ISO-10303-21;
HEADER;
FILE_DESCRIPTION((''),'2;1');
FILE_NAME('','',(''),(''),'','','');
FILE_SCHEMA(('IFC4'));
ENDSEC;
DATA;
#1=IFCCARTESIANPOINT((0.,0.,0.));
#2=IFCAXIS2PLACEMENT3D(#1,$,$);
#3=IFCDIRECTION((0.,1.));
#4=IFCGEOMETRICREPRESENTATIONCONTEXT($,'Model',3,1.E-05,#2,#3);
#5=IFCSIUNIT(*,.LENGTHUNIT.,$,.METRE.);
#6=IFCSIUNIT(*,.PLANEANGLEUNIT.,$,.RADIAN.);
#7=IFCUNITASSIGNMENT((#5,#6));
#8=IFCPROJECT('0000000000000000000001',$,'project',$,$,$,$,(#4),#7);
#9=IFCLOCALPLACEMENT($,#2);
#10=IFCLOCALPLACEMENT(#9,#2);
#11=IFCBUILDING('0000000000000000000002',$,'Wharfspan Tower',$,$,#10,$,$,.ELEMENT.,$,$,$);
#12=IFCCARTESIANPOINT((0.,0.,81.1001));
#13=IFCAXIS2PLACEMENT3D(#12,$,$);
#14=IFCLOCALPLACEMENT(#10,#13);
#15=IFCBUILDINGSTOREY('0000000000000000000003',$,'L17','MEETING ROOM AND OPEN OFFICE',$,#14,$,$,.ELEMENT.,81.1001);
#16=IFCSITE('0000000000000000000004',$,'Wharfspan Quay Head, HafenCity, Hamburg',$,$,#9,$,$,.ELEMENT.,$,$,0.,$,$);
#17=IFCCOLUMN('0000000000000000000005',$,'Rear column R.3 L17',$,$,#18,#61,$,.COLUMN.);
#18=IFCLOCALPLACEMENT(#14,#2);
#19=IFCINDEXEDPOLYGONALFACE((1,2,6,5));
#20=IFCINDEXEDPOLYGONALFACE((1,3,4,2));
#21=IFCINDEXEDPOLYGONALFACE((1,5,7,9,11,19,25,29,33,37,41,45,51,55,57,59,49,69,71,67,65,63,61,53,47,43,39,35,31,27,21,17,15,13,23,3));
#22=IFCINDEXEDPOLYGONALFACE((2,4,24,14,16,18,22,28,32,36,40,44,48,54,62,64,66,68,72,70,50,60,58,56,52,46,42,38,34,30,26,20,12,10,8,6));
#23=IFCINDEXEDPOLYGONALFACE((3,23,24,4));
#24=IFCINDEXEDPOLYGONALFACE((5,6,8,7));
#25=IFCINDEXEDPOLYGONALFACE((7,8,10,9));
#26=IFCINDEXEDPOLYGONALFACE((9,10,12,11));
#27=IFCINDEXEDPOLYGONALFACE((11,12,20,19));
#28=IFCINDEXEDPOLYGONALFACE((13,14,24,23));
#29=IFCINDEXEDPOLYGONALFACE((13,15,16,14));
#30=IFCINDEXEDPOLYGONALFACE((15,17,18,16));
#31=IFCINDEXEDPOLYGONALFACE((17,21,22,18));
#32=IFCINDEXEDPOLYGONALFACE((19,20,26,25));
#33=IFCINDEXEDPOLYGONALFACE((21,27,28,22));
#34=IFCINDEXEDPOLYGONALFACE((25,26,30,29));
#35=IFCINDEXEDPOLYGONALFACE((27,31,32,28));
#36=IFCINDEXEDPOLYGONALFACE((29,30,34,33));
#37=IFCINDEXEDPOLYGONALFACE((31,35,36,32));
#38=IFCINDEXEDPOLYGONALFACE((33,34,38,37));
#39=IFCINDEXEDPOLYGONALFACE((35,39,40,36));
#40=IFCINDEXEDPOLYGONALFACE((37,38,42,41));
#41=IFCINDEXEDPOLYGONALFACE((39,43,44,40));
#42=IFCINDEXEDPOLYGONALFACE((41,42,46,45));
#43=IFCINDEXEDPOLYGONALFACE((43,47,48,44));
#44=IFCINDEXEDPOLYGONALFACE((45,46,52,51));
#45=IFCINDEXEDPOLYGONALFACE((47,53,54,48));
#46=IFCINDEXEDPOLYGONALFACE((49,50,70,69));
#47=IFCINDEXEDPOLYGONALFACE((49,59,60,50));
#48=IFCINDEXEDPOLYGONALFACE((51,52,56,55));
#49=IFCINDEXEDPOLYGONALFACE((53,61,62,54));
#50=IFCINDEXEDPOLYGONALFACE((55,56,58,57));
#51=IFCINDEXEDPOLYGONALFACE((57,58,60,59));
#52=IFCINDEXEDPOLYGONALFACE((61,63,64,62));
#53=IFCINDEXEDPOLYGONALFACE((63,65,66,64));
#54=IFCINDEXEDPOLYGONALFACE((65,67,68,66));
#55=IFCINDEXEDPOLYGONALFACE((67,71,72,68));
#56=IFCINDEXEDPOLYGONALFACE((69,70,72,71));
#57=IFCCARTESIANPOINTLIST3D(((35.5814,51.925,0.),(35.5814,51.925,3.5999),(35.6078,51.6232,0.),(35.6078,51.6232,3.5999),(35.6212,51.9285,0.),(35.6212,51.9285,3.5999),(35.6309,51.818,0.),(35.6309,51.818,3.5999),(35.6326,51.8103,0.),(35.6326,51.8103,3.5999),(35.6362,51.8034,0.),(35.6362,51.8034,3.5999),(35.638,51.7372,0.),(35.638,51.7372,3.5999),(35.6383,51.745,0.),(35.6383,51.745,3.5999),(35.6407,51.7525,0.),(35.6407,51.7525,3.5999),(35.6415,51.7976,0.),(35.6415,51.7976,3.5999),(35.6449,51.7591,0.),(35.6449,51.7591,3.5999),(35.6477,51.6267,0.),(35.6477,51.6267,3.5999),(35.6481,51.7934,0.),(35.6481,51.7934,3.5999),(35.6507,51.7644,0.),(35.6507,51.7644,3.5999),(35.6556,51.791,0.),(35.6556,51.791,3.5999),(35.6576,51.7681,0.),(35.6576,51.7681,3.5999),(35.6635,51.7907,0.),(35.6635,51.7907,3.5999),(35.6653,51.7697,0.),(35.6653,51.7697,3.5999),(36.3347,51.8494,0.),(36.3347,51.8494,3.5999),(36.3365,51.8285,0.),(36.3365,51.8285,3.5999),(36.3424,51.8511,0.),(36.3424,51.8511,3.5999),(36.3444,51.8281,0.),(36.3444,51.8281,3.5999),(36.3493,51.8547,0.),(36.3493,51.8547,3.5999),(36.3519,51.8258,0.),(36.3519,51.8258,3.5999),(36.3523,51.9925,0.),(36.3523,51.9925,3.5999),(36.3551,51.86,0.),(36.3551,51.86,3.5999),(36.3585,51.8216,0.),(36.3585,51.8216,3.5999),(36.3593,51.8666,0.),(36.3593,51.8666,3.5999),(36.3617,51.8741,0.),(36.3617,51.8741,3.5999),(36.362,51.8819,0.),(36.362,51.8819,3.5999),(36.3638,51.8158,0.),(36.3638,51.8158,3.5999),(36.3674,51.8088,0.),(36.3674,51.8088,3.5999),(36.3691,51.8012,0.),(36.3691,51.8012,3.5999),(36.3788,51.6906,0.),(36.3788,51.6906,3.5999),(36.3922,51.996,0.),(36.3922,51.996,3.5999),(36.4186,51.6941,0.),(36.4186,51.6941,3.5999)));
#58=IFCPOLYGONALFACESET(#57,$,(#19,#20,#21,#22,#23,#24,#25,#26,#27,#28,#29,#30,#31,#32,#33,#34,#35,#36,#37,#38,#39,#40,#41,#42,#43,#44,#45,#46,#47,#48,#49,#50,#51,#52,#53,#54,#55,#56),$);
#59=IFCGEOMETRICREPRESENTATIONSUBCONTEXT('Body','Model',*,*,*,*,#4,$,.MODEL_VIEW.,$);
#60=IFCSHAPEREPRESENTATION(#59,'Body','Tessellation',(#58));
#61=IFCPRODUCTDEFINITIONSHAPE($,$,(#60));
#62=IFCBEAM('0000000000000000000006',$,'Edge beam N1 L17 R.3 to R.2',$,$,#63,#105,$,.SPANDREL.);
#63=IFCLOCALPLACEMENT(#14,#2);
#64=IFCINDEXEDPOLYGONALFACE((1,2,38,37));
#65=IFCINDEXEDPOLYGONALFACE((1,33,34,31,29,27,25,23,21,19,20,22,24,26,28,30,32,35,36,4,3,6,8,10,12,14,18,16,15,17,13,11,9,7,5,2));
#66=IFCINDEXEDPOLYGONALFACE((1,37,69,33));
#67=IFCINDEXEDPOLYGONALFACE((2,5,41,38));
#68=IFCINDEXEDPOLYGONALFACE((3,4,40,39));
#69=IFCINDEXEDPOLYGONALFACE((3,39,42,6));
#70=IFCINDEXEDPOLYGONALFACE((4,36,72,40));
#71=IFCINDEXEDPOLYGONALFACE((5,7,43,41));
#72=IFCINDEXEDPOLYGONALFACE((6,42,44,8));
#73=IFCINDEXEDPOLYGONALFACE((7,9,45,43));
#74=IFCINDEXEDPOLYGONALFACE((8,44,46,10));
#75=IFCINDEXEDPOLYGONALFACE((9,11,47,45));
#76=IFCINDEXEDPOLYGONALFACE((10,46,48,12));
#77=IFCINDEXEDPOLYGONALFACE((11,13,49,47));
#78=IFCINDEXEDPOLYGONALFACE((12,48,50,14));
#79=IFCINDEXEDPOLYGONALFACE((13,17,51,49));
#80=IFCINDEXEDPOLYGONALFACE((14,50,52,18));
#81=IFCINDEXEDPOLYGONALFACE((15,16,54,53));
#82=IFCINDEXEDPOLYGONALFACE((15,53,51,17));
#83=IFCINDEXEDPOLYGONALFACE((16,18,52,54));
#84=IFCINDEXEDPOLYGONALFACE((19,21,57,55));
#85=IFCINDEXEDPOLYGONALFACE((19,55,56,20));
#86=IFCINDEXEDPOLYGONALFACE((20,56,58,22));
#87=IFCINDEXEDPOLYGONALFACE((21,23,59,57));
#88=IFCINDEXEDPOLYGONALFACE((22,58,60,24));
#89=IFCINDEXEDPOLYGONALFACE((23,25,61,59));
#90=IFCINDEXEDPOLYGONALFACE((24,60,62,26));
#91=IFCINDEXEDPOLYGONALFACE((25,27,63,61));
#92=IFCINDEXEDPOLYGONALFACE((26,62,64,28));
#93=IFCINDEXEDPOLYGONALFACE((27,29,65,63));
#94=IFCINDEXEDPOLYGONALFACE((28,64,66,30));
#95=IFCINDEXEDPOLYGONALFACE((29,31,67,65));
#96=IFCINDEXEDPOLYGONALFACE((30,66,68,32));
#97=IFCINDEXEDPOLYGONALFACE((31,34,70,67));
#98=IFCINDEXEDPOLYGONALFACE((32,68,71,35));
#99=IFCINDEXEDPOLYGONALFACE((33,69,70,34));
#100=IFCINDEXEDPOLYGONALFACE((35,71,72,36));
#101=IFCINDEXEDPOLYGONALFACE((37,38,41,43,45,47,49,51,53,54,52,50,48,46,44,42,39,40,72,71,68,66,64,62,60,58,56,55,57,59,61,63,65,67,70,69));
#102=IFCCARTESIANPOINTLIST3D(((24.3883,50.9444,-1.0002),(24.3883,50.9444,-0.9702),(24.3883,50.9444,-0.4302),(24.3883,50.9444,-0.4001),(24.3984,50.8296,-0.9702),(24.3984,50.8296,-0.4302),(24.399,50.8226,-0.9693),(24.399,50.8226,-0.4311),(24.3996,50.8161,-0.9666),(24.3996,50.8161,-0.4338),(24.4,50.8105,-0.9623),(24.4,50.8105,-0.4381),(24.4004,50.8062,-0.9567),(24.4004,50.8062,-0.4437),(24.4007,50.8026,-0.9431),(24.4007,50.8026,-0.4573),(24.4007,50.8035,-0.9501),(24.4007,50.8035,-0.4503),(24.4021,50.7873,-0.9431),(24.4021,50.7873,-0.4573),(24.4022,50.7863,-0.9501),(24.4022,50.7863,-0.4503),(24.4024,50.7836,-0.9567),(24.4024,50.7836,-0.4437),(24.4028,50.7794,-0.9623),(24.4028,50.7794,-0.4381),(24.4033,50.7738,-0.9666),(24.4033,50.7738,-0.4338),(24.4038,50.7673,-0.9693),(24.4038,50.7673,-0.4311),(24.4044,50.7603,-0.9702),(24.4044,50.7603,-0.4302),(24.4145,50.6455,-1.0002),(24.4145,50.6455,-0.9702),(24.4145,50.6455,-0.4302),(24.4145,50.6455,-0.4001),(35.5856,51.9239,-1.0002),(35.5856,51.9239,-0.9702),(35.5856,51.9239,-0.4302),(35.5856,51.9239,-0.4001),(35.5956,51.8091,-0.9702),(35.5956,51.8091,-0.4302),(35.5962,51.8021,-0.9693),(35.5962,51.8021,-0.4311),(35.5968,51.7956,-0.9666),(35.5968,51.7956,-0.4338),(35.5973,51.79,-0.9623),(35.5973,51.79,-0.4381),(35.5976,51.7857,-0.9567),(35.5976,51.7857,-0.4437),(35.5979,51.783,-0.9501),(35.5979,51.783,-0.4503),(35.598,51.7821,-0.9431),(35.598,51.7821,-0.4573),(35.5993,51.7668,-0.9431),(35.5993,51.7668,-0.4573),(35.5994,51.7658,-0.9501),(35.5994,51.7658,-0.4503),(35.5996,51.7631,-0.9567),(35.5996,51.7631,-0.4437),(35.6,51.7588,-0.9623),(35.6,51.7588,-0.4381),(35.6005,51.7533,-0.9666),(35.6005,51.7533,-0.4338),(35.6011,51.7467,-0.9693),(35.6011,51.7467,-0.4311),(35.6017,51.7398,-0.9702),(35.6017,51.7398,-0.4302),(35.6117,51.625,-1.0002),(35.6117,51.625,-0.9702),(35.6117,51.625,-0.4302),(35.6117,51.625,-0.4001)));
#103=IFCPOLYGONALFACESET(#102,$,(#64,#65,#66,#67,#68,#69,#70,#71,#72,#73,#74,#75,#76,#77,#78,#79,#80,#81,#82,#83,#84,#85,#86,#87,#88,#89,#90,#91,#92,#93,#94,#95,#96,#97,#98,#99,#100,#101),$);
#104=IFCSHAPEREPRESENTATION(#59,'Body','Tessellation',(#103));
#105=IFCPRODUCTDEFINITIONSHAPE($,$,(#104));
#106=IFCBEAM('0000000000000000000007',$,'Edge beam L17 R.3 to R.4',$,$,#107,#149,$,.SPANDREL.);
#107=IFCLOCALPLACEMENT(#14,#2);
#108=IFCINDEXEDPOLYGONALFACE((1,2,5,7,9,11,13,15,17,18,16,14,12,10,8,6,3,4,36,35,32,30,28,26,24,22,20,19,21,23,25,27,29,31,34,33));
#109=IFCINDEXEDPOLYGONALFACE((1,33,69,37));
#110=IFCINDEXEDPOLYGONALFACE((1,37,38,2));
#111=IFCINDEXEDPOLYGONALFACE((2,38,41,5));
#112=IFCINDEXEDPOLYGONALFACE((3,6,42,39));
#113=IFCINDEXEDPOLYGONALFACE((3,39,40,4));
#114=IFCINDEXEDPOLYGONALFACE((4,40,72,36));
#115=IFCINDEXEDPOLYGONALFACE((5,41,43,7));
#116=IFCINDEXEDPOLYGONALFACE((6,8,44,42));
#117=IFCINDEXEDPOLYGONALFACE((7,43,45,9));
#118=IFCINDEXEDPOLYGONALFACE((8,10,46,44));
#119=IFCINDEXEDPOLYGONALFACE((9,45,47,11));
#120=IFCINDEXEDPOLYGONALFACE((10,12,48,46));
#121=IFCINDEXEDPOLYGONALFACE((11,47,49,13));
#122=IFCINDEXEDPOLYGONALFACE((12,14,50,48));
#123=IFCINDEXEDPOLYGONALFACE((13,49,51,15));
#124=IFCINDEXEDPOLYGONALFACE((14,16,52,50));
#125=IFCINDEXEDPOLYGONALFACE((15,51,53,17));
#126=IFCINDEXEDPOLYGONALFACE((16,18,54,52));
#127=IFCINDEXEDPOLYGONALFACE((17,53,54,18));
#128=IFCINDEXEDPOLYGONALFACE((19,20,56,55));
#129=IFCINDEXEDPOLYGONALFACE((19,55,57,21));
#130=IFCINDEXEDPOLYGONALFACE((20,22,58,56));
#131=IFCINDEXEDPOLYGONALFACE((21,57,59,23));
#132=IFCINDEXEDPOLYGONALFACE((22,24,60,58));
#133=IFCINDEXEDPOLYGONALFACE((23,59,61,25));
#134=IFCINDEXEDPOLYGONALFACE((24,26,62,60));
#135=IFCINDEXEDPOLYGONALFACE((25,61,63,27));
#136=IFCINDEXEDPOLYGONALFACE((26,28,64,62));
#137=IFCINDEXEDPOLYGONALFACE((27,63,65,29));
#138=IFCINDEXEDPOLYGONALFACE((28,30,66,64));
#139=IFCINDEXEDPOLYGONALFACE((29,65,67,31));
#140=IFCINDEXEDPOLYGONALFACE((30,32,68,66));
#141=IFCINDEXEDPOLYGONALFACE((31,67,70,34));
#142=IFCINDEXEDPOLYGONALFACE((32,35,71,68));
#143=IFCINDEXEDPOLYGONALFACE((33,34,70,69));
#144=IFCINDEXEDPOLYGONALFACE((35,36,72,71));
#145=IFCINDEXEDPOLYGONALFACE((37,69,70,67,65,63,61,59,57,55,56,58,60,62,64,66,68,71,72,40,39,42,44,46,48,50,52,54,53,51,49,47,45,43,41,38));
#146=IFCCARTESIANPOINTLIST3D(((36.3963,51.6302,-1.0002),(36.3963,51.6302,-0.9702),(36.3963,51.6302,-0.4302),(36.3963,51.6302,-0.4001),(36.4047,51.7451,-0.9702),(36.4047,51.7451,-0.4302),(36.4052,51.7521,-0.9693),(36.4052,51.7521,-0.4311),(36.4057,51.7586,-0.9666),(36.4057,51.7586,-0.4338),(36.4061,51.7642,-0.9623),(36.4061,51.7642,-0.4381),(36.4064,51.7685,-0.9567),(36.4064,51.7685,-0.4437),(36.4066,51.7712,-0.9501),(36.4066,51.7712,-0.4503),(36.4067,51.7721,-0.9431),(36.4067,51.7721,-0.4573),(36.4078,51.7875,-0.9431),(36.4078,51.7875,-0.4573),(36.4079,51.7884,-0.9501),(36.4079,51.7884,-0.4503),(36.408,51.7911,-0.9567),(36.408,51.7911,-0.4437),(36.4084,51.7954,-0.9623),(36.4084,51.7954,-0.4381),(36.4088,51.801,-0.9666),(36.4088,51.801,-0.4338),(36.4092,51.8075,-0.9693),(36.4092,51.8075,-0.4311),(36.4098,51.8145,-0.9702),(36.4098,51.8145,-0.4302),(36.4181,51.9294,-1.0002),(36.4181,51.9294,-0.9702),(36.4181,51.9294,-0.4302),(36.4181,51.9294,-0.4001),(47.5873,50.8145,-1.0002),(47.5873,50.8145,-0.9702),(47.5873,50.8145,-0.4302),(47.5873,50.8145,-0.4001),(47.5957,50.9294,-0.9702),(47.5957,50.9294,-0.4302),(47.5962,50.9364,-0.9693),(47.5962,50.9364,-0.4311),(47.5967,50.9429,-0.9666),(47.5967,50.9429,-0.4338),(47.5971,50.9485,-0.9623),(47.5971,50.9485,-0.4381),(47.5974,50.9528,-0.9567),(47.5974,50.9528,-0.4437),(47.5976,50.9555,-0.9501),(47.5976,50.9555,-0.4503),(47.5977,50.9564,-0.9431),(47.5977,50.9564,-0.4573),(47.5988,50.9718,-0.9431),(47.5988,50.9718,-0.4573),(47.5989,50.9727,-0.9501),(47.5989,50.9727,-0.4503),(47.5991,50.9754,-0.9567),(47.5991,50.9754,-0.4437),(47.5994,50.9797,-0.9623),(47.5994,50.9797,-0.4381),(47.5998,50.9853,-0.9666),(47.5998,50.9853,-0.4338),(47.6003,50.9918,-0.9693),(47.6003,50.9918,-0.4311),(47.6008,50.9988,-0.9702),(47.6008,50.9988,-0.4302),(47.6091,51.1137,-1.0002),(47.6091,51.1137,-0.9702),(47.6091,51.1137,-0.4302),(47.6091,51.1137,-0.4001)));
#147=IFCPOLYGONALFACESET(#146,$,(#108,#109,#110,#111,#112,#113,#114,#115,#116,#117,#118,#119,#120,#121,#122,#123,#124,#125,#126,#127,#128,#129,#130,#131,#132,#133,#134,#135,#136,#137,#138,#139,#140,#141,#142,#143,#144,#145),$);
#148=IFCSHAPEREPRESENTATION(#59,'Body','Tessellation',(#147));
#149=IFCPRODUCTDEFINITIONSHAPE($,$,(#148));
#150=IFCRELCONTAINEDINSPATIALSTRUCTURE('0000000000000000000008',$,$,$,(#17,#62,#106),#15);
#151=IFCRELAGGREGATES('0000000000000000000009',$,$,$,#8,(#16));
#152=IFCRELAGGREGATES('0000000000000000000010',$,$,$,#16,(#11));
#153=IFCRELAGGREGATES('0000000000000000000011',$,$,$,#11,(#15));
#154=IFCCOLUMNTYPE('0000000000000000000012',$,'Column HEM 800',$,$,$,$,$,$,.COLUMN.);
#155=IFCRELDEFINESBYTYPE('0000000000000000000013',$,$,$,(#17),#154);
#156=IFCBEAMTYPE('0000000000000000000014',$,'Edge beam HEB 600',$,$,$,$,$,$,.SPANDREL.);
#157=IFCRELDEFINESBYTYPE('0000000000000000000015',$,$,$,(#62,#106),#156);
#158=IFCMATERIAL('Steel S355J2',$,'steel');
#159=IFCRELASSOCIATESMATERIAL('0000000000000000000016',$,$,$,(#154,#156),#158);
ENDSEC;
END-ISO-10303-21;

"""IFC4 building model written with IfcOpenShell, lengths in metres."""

from ifc_helpers import new_model, si_unit, direction, frame, origin, origin_2d, place, context, subcontext, project, spatial, i_section, extrude, material, material_profile, profile_set, type_object, element, save


model = new_model("IFC4")

# Units and contexts
model_context = context("Model", 3, precision=1e-05, world=origin(), true_north=direction((0.0, 1.0)))
body_context = subcontext(model_context, "Body", "Model", "MODEL_VIEW")
ifc_project = project(units=[si_unit("LENGTHUNIT", "METRE"), si_unit("PLANEANGLEUNIT", "RADIAN")], contexts=[model_context])

# Site, building, storey
site_placement = place(None, origin())
site = spatial("IfcSite", under=ifc_project, at=site_placement, Name="Wharfspan Quay Head, HafenCity, Hamburg", CompositionType="ELEMENT", RefElevation=0.0)
building_placement = place(site_placement, origin())
building = spatial("IfcBuilding", under=site, at=building_placement, Name="Wharfspan Tower", CompositionType="ELEMENT")
storey_placement = place(building_placement, frame((0.0, 0.0, 81.1001)))
storey = spatial("IfcBuildingStorey", under=building, at=storey_placement, Name="L17", Description="MEETING ROOM AND OPEN OFFICE", CompositionType="ELEMENT", Elevation=81.1001)

# Column
ifc_material_1 = material(Name="Steel S355J2", Category="steel")
ifc_material_profile_1 = material_profile(ifc_material_1, i_section(OverallWidth=0.303, OverallDepth=0.814, WebThickness=0.021, FlangeThickness=0.04, FilletRadius=0.03, at=origin_2d()))
ifc_profile_set_1 = profile_set([ifc_material_profile_1], Name="Steel S355J2")
column_type = type_object("IfcColumnType", Name="Column HEM 800", PredefinedType="COLUMN", material=ifc_profile_set_1)
column_placement = place(storey_placement, frame((36.0, 51.8096, 0.0), z_axis=(0.0, 0.0, 1.0), x_axis=(-0.087156, 0.996197, 0.0)))
element("IfcColumn", 1, at=column_placement, inside=storey, type_object=column_type, Name="Rear column R.3 L17", PredefinedType="COLUMN", context=body_context, shape_type="SweptSolid", body=[
    extrude(i_section(OverallWidth=0.303, OverallDepth=0.814, WebThickness=0.021, FlangeThickness=0.04, FilletRadius=0.03, at=origin_2d()), origin(), (0.0, 0.0, 1.0), 3.5999),
])

# Beams
ifc_material_profile_2 = material_profile(ifc_material_1, i_section(OverallWidth=0.3, OverallDepth=0.6001, WebThickness=0.0154, FlangeThickness=0.03, FilletRadius=0.0271, at=origin_2d()))
ifc_profile_set_2 = profile_set([ifc_material_profile_2], Name="Steel S355J2")
beam_type = type_object("IfcBeamType", Name="Edge beam HEB 600", PredefinedType="SPANDREL", material=ifc_profile_set_2)
beam_1_placement = place(storey_placement, frame((35.5986, 51.7744, -0.7002), z_axis=(-0.996196, -0.087143, 0.0), x_axis=(0.087143, -0.996196, 0.0)))
element("IfcBeam", 2, at=beam_1_placement, inside=storey, type_object=beam_type, Name="Edge beam N1 L17 R.3 to R.2", PredefinedType="SPANDREL", context=body_context, shape_type="SweptSolid", body=[
    extrude(i_section(OverallWidth=0.3, OverallDepth=0.6001, WebThickness=0.0154, FlangeThickness=0.03, FilletRadius=0.0271, at=origin_2d()), origin(), (0.0, 0.0, 1.0), 11.24),
])
beam_2_placement = place(storey_placement, frame((36.4072, 51.7798, -0.7002), z_axis=(0.997354, -0.072694, 0.0), x_axis=(0.072694, 0.997354, 0.0)))
element("IfcBeam", 3, at=beam_2_placement, inside=storey, type_object=beam_type, Name="Edge beam L17 R.3 to R.4", PredefinedType="SPANDREL", context=body_context, shape_type="SweptSolid", body=[
    extrude(i_section(OverallWidth=0.3, OverallDepth=0.6001, WebThickness=0.0154, FlangeThickness=0.03, FilletRadius=0.0271, at=origin_2d()), origin(), (0.0, 0.0, 1.0), 11.2207),
])

save(model, "model.ifc")
